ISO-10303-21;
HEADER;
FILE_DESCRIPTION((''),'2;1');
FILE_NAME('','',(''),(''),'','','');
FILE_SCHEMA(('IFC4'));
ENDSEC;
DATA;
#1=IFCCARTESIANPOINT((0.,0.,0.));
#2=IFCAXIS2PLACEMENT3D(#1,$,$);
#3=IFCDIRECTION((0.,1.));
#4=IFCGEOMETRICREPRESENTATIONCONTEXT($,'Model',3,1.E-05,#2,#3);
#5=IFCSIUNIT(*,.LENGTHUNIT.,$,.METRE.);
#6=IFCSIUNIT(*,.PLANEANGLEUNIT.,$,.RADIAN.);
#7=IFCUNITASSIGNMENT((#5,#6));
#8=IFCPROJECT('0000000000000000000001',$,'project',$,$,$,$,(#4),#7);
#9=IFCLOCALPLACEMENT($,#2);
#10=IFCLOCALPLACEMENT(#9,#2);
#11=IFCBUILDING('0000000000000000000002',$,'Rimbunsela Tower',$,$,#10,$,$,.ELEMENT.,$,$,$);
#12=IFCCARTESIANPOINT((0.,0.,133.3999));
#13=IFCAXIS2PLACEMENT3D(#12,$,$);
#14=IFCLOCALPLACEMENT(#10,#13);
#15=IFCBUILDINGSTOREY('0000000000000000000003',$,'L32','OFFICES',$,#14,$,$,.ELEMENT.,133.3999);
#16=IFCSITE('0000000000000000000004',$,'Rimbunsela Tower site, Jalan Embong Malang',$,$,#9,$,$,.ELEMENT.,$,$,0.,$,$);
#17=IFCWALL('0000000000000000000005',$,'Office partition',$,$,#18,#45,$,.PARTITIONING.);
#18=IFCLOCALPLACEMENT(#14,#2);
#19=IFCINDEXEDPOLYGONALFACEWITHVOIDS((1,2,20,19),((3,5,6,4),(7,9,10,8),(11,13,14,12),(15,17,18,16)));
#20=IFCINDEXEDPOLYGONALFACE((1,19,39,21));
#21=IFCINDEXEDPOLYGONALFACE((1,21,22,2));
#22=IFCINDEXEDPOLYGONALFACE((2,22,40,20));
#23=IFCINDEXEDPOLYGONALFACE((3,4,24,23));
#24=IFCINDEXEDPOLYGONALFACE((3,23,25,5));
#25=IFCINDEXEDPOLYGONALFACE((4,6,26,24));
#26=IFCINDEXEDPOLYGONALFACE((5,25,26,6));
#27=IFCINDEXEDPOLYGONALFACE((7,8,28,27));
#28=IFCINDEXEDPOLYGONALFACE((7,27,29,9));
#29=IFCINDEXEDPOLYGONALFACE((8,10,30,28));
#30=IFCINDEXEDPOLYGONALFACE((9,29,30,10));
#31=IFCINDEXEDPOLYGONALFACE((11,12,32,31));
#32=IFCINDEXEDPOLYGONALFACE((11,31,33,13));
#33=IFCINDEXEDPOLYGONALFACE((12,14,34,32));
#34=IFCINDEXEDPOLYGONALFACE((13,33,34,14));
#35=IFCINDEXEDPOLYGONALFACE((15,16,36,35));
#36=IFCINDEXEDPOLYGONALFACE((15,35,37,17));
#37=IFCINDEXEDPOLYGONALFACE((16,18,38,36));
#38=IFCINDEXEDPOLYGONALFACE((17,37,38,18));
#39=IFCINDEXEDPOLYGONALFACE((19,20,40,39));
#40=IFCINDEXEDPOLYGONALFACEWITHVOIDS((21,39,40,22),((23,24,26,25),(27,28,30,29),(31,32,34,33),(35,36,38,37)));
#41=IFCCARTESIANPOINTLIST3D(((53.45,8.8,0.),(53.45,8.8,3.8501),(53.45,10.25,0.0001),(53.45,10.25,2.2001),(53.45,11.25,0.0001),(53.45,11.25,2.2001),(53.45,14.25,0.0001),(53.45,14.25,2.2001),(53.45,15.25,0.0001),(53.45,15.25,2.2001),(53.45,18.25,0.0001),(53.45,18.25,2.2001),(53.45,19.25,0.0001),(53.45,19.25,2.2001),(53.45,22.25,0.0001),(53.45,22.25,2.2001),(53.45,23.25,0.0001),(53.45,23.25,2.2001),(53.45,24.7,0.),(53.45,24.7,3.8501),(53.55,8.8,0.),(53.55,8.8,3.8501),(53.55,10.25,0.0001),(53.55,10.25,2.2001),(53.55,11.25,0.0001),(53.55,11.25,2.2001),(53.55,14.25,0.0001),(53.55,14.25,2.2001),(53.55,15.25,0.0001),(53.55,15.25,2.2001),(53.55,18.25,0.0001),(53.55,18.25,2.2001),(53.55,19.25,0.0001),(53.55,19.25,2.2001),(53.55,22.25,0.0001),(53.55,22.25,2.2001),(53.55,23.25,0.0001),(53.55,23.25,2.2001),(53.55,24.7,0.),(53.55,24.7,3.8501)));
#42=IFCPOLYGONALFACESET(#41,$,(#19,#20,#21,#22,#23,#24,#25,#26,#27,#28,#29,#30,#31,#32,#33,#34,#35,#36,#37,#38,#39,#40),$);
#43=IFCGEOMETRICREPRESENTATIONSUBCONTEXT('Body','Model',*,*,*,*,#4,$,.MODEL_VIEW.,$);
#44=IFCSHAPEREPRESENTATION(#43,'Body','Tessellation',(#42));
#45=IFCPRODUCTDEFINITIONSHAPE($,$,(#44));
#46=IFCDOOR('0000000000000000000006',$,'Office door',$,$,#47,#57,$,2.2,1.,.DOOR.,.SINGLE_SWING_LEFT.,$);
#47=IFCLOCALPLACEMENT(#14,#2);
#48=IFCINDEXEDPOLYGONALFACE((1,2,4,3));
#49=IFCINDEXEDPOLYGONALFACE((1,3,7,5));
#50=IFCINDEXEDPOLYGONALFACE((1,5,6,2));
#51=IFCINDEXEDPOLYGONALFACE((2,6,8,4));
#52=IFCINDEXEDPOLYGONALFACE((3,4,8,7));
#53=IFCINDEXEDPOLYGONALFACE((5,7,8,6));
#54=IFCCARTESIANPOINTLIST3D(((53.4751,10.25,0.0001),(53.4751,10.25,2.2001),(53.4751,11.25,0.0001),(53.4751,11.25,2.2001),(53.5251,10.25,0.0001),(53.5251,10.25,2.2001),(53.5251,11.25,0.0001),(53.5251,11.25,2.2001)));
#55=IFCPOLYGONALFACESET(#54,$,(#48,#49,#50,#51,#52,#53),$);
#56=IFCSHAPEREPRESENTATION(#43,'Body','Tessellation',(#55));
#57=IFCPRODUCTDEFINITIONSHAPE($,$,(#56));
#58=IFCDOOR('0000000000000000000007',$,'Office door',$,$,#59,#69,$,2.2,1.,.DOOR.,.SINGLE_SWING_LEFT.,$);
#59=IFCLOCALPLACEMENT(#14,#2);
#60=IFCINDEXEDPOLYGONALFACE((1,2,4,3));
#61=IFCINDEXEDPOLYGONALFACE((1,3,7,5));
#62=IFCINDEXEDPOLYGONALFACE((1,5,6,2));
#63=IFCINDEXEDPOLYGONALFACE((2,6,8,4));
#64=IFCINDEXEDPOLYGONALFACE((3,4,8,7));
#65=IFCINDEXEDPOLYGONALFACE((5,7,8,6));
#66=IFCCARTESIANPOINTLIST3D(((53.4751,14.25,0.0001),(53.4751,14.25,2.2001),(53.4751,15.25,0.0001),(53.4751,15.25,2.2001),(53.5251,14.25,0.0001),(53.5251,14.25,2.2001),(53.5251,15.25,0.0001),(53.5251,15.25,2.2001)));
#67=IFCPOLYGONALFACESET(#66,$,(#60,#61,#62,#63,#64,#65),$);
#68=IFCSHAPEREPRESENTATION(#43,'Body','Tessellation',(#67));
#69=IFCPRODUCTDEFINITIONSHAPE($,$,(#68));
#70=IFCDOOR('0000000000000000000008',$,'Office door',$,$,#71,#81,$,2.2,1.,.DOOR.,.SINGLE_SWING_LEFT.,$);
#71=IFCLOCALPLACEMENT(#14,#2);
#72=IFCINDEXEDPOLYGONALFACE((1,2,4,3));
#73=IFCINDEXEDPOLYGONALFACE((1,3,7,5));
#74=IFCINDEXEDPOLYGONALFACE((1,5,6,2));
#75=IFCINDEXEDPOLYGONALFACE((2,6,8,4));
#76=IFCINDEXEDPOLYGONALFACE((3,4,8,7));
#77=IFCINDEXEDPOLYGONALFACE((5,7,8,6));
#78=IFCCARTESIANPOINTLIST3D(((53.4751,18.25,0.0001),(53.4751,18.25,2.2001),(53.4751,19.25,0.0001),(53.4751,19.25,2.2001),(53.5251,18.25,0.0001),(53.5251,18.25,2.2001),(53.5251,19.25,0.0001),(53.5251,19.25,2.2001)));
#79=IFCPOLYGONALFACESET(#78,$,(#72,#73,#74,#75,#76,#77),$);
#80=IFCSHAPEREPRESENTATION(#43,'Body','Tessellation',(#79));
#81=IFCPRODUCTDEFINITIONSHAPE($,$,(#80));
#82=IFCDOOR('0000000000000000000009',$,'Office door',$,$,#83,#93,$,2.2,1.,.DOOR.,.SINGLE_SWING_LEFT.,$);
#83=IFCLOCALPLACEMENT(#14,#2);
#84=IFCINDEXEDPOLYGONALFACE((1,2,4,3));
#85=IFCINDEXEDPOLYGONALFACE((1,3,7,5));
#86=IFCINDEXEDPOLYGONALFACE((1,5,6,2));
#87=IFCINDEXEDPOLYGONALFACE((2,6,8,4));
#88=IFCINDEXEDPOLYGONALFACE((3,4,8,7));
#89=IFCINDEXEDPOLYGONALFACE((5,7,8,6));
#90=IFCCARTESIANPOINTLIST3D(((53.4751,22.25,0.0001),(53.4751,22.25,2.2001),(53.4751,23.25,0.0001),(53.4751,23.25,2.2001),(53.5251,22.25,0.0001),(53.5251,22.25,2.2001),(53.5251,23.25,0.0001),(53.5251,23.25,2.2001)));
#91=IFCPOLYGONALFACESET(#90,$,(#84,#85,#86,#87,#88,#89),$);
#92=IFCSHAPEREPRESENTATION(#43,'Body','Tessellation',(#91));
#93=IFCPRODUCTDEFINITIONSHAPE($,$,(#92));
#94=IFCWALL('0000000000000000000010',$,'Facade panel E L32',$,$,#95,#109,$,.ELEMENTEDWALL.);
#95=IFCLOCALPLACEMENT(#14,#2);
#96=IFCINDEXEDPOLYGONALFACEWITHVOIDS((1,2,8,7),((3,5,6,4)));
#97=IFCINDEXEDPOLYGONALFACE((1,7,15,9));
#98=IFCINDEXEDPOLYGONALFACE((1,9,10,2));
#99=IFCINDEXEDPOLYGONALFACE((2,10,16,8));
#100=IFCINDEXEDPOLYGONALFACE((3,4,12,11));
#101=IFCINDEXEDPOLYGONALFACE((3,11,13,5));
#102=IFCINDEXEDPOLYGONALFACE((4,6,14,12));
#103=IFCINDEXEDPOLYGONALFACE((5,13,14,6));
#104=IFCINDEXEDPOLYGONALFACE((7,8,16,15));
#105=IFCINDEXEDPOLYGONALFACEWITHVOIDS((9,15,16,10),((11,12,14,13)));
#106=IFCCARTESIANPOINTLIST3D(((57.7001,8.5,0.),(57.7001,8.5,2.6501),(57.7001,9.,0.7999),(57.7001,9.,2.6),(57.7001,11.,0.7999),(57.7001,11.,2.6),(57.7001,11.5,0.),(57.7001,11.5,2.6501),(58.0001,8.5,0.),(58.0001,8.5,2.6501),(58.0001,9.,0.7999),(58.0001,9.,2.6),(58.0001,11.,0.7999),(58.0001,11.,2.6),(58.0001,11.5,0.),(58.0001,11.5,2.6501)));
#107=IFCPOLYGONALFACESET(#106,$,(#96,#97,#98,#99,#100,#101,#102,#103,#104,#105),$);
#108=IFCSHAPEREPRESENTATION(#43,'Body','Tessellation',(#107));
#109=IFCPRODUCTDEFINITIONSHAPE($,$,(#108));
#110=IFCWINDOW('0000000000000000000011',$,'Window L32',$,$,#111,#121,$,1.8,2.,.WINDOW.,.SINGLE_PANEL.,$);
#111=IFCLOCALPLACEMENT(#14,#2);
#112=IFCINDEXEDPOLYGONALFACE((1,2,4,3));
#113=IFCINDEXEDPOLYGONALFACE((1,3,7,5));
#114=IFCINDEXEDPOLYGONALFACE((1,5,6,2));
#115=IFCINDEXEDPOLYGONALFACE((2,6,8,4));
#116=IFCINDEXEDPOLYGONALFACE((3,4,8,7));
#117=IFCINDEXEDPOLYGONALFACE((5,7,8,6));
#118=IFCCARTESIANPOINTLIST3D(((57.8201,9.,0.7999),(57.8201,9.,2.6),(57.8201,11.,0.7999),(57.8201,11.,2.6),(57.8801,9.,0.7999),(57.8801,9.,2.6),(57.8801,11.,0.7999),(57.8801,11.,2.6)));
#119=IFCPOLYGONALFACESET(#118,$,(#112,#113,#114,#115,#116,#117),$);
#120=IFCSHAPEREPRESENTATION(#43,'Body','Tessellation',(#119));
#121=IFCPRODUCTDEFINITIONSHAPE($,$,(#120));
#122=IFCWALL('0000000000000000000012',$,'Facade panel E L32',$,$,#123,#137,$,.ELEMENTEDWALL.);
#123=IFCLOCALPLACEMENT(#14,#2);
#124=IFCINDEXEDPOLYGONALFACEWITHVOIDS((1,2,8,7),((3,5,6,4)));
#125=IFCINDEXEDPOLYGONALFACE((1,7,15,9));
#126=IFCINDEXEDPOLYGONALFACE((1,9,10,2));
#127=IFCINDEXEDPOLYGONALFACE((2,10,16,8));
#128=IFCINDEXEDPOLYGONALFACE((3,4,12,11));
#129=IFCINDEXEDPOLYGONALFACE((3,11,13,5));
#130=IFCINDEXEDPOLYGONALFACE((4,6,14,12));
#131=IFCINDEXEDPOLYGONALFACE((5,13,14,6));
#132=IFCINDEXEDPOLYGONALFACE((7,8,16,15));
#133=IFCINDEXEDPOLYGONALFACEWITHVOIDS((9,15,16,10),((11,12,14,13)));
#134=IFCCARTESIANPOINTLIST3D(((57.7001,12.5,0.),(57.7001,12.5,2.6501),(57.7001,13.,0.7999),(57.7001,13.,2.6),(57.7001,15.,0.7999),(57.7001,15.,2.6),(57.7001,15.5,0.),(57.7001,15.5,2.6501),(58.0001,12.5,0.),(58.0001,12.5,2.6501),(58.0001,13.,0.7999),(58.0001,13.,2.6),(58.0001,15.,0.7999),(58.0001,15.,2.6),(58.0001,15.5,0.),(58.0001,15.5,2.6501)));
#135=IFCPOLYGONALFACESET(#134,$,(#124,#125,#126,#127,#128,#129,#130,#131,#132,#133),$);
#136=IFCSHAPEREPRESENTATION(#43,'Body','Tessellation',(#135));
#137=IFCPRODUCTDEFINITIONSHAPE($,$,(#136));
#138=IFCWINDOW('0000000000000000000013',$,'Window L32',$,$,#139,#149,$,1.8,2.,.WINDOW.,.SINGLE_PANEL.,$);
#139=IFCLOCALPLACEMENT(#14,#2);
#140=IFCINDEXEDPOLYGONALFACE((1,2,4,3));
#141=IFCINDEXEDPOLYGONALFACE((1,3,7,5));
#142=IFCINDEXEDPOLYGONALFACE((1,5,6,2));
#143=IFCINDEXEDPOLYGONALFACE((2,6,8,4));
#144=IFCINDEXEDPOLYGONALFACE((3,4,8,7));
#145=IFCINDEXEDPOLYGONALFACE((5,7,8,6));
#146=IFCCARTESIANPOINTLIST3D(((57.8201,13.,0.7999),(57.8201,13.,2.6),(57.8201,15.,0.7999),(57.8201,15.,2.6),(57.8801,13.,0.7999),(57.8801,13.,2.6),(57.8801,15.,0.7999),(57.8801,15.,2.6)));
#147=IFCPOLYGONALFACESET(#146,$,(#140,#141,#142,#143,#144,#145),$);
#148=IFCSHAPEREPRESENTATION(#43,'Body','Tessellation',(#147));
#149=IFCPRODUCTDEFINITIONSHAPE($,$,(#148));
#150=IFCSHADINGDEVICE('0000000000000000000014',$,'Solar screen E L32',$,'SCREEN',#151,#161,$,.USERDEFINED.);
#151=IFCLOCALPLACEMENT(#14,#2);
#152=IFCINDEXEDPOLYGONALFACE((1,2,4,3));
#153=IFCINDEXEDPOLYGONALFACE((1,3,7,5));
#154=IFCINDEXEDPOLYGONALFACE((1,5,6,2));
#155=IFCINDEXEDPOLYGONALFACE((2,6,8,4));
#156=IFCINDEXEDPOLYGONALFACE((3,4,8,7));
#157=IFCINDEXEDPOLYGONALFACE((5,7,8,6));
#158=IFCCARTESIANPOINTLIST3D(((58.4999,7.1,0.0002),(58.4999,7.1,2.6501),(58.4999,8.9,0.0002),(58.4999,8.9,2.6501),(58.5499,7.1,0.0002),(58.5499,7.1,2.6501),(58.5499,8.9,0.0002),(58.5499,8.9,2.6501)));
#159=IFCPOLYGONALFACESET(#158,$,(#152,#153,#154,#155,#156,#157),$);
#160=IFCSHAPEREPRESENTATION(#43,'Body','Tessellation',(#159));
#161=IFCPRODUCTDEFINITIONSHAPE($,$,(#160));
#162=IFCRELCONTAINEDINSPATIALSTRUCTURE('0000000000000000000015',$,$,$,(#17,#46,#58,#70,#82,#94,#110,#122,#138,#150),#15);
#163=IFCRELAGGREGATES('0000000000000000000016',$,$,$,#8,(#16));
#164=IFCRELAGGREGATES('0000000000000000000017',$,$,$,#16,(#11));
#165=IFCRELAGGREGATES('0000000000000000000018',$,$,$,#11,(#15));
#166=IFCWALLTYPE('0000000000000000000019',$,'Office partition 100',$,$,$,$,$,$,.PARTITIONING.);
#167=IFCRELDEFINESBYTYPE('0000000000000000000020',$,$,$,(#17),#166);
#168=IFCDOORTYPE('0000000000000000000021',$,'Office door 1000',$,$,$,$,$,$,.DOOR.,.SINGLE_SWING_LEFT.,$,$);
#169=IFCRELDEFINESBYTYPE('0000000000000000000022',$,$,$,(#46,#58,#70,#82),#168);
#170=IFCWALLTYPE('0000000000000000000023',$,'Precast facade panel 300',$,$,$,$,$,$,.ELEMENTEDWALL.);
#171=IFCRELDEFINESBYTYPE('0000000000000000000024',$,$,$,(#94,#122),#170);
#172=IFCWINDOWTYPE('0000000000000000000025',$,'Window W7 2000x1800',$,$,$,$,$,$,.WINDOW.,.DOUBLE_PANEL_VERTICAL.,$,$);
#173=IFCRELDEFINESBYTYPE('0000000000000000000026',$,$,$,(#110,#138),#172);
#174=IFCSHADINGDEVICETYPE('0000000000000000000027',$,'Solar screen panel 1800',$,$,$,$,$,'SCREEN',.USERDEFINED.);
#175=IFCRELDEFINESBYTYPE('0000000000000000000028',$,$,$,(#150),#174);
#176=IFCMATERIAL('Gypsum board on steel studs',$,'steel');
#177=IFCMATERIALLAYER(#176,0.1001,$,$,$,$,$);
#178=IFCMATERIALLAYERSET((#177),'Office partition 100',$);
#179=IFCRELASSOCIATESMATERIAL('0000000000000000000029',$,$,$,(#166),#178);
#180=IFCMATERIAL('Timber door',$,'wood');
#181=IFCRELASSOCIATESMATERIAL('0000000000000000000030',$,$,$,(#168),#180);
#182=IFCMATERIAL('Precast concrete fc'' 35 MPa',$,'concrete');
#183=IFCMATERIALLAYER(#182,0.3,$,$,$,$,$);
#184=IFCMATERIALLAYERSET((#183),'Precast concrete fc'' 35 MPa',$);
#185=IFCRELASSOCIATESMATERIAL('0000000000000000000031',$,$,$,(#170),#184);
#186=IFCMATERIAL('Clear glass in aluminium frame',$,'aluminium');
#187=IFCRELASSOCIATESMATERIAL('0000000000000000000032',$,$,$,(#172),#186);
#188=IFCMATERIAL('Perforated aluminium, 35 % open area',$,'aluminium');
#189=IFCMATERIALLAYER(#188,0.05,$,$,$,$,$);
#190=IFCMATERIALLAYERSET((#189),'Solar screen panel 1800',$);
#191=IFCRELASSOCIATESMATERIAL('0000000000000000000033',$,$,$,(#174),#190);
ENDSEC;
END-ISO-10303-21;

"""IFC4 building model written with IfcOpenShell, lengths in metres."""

from ifc_helpers import new_model, si_unit, direction, frame, frame_2d, origin, origin_2d, place, context, subcontext, project, spatial, rectangle, extrude, material, layer, layer_set, type_object, element, fill, save


model = new_model("IFC4")

# Units and contexts
model_context = context("Model", 3, precision=1e-05, world=origin(), true_north=direction((0.0, 1.0)))
body_context = subcontext(model_context, "Body", "Model", "MODEL_VIEW")
ifc_project = project(units=[si_unit("LENGTHUNIT", "METRE"), si_unit("PLANEANGLEUNIT", "RADIAN")], contexts=[model_context])

# Site, building, storey
site_placement = place(None, origin())
site = spatial("IfcSite", under=ifc_project, at=site_placement, Name="Rimbunsela Tower site, Jalan Embong Malang", CompositionType="ELEMENT", RefElevation=0.0)
building_placement = place(site_placement, origin())
building = spatial("IfcBuilding", under=site, at=building_placement, Name="Rimbunsela Tower", CompositionType="ELEMENT")
storey_placement = place(building_placement, frame((0.0, 0.0, 133.3999)))
storey = spatial("IfcBuildingStorey", under=building, at=storey_placement, Name="L32", Description="OFFICES", CompositionType="ELEMENT", Elevation=133.3999)

# Shared definitions
ifc_material_1 = material(Name="Gypsum board on steel studs", Category="steel")
ifc_layer_1 = layer(ifc_material_1, 0.1001)
ifc_layer_set_1 = layer_set([ifc_layer_1], Name="Office partition 100")
wall_type_1 = type_object("IfcWallType", Name="Office partition 100", PredefinedType="PARTITIONING", material=ifc_layer_set_1)

# Wall, openings, doors
wall_1_placement = place(storey_placement, frame((53.5, 8.8, 0.0), z_axis=(0.0, 0.0, 1.0), x_axis=(0.0, 1.0, 0.0)))
wall_1 = element("IfcWall", 1, at=wall_1_placement, inside=storey, type_object=wall_type_1, Name="Office partition", PredefinedType="PARTITIONING", context=body_context, shape_type="SweptSolid", body=[
    extrude(rectangle(XDim=15.8999, YDim=0.1001, at=frame_2d((7.95, 0.0))), origin(), (0.0, 0.0, 1.0), 3.8501),
])
opening_1_placement = place(wall_1_placement, frame((1.45, 0.0, 0.0)))
opening_1 = element("IfcOpeningElement", 2, at=opening_1_placement, cuts=wall_1, PredefinedType="OPENING", context=body_context, shape_type="SweptSolid", body=[
    extrude(rectangle(XDim=1.0, YDim=2.2, at=frame_2d((0.5, 1.1001))), frame((0.0, 0.0601, 0.0), z_axis=(0.0, -1.0, 0.0), x_axis=(1.0, 0.0, 0.0)), (0.0, 0.0, 1.0), 0.1201),
])
opening_2_placement = place(wall_1_placement, frame((5.45, 0.0, 0.0)))
opening_2 = element("IfcOpeningElement", 3, at=opening_2_placement, cuts=wall_1, PredefinedType="OPENING", context=body_context, shape_type="SweptSolid", body=[
    extrude(rectangle(XDim=1.0, YDim=2.2, at=frame_2d((0.5, 1.1001))), frame((0.0, 0.0601, 0.0), z_axis=(0.0, -1.0, 0.0), x_axis=(1.0, 0.0, 0.0)), (0.0, 0.0, 1.0), 0.1201),
])
opening_3_placement = place(wall_1_placement, frame((9.45, 0.0, 0.0)))
opening_3 = element("IfcOpeningElement", 4, at=opening_3_placement, cuts=wall_1, PredefinedType="OPENING", context=body_context, shape_type="SweptSolid", body=[
    extrude(rectangle(XDim=1.0, YDim=2.2, at=frame_2d((0.5, 1.1001))), frame((0.0, 0.0601, 0.0), z_axis=(0.0, -1.0, 0.0), x_axis=(1.0, 0.0, 0.0)), (0.0, 0.0, 1.0), 0.1201),
])
opening_4_placement = place(wall_1_placement, frame((13.45, 0.0, 0.0)))
opening_4 = element("IfcOpeningElement", 5, at=opening_4_placement, cuts=wall_1, PredefinedType="OPENING", context=body_context, shape_type="SweptSolid", body=[
    extrude(rectangle(XDim=1.0, YDim=2.2, at=frame_2d((0.5, 1.1001))), frame((0.0, 0.0601, 0.0), z_axis=(0.0, -1.0, 0.0), x_axis=(1.0, 0.0, 0.0)), (0.0, 0.0, 1.0), 0.1201),
])
ifc_material_2 = material(Name="Timber door", Category="wood")
door_type = type_object("IfcDoorType", Name="Office door 1000", OperationType="SINGLE_SWING_LEFT", PredefinedType="DOOR", material=ifc_material_2)
door_1_placement = place(opening_1_placement, origin())
door_1 = element("IfcDoor", 6, at=door_1_placement, inside=storey, type_object=door_type, Name="Office door", OperationType="SINGLE_SWING_LEFT", OverallHeight=2.2, OverallWidth=1.0, PredefinedType="DOOR", context=body_context, shape_type="SweptSolid", body=[
    extrude(rectangle(XDim=1.0, YDim=2.2, at=frame_2d((0.5, 1.1001))), frame((0.0, 0.0249, 0.0), z_axis=(0.0, -1.0, 0.0), x_axis=(1.0, 0.0, 0.0)), (0.0, 0.0, 1.0), 0.05),
])
fill(opening_1, door_1)
door_2_placement = place(opening_2_placement, origin())
door_2 = element("IfcDoor", 7, at=door_2_placement, inside=storey, type_object=door_type, Name="Office door", OperationType="SINGLE_SWING_LEFT", OverallHeight=2.2, OverallWidth=1.0, PredefinedType="DOOR", context=body_context, shape_type="SweptSolid", body=[
    extrude(rectangle(XDim=1.0, YDim=2.2, at=frame_2d((0.5, 1.1001))), frame((0.0, 0.0249, 0.0), z_axis=(0.0, -1.0, 0.0), x_axis=(1.0, 0.0, 0.0)), (0.0, 0.0, 1.0), 0.05),
])
fill(opening_2, door_2)
door_3_placement = place(opening_3_placement, origin())
door_3 = element("IfcDoor", 8, at=door_3_placement, inside=storey, type_object=door_type, Name="Office door", OperationType="SINGLE_SWING_LEFT", OverallHeight=2.2, OverallWidth=1.0, PredefinedType="DOOR", context=body_context, shape_type="SweptSolid", body=[
    extrude(rectangle(XDim=1.0, YDim=2.2, at=frame_2d((0.5, 1.1001))), frame((0.0, 0.0249, 0.0), z_axis=(0.0, -1.0, 0.0), x_axis=(1.0, 0.0, 0.0)), (0.0, 0.0, 1.0), 0.05),
])
fill(opening_3, door_3)
door_4_placement = place(opening_4_placement, origin())
door_4 = element("IfcDoor", 9, at=door_4_placement, inside=storey, type_object=door_type, Name="Office door", OperationType="SINGLE_SWING_LEFT", OverallHeight=2.2, OverallWidth=1.0, PredefinedType="DOOR", context=body_context, shape_type="SweptSolid", body=[
    extrude(rectangle(XDim=1.0, YDim=2.2, at=frame_2d((0.5, 1.1001))), frame((0.0, 0.0249, 0.0), z_axis=(0.0, -1.0, 0.0), x_axis=(1.0, 0.0, 0.0)), (0.0, 0.0, 1.0), 0.05),
])
fill(opening_4, door_4)

# Walls, openings, windows
ifc_material_3 = material(Name="Precast concrete fc' 35 MPa", Category="concrete")
ifc_layer_2 = layer(ifc_material_3, 0.3)
ifc_layer_set_2 = layer_set([ifc_layer_2], Name="Precast concrete fc' 35 MPa")
wall_type_2 = type_object("IfcWallType", Name="Precast facade panel 300", PredefinedType="ELEMENTEDWALL", material=ifc_layer_set_2)
wall_2_placement = place(storey_placement, frame((57.8501, 8.5, 0.0), z_axis=(0.0, 0.0, 1.0), x_axis=(0.0, 1.0, 0.0)))
wall_2 = element("IfcWall", 10, at=wall_2_placement, inside=storey, type_object=wall_type_2, Name="Facade panel E L32", PredefinedType="ELEMENTEDWALL", context=body_context, shape_type="SweptSolid", body=[
    extrude(rectangle(XDim=3.0, YDim=0.3, at=frame_2d((1.5, 0.0))), origin(), (0.0, 0.0, 1.0), 2.6501),
])
opening_5_placement = place(wall_2_placement, frame((0.5, 0.0, 0.8)))
opening_5 = element("IfcOpeningElement", 11, at=opening_5_placement, cuts=wall_2, PredefinedType="OPENING", context=body_context, shape_type="SweptSolid", body=[
    extrude(rectangle(XDim=2.0, YDim=1.8, at=frame_2d((1.0, 0.8999))), frame((0.0, 0.1599, 0.0), z_axis=(0.0, -1.0, 0.0), x_axis=(1.0, 0.0, 0.0)), (0.0, 0.0, 1.0), 0.3201),
])
ifc_material_4 = material(Name="Clear glass in aluminium frame", Category="aluminium")
window_type = type_object("IfcWindowType", Name="Window W7 2000x1800", PartitioningType="DOUBLE_PANEL_VERTICAL", PredefinedType="WINDOW", material=ifc_material_4)
window_1_placement = place(opening_5_placement, origin())
window_1 = element("IfcWindow", 12, at=window_1_placement, inside=storey, type_object=window_type, Name="Window L32", OverallHeight=1.8, OverallWidth=2.0, PartitioningType="SINGLE_PANEL", PredefinedType="WINDOW", context=body_context, shape_type="SweptSolid", body=[
    extrude(rectangle(XDim=2.0, YDim=1.8, at=frame_2d((1.0, 0.8999))), frame((0.0, 0.03, 0.0), z_axis=(0.0, -1.0, 0.0), x_axis=(1.0, 0.0, 0.0)), (0.0, 0.0, 1.0), 0.0601),
])
fill(opening_5, window_1)
wall_3_placement = place(storey_placement, frame((57.8501, 12.5, 0.0), z_axis=(0.0, 0.0, 1.0), x_axis=(0.0, 1.0, 0.0)))
wall_3 = element("IfcWall", 13, at=wall_3_placement, inside=storey, type_object=wall_type_2, Name="Facade panel E L32", PredefinedType="ELEMENTEDWALL", context=body_context, shape_type="SweptSolid", body=[
    extrude(rectangle(XDim=3.0, YDim=0.3, at=frame_2d((1.5, 0.0))), origin(), (0.0, 0.0, 1.0), 2.6501),
])
opening_6_placement = place(wall_3_placement, frame((0.5, 0.0, 0.8)))
opening_6 = element("IfcOpeningElement", 14, at=opening_6_placement, cuts=wall_3, PredefinedType="OPENING", context=body_context, shape_type="SweptSolid", body=[
    extrude(rectangle(XDim=2.0, YDim=1.8, at=frame_2d((1.0, 0.8999))), frame((0.0, 0.1599, 0.0), z_axis=(0.0, -1.0, 0.0), x_axis=(1.0, 0.0, 0.0)), (0.0, 0.0, 1.0), 0.3201),
])
window_2_placement = place(opening_6_placement, origin())
window_2 = element("IfcWindow", 15, at=window_2_placement, inside=storey, type_object=window_type, Name="Window L32", OverallHeight=1.8, OverallWidth=2.0, PartitioningType="SINGLE_PANEL", PredefinedType="WINDOW", context=body_context, shape_type="SweptSolid", body=[
    extrude(rectangle(XDim=2.0, YDim=1.8, at=frame_2d((1.0, 0.8999))), frame((0.0, 0.03, 0.0), z_axis=(0.0, -1.0, 0.0), x_axis=(1.0, 0.0, 0.0)), (0.0, 0.0, 1.0), 0.0601),
])
fill(opening_6, window_2)

# Shading device
ifc_material_5 = material(Name="Perforated aluminium, 35 % open area", Category="aluminium")
ifc_layer_3 = layer(ifc_material_5, 0.05)
ifc_layer_set_3 = layer_set([ifc_layer_3], Name="Solar screen panel 1800")
shading_device_type = type_object("IfcShadingDeviceType", Name="Solar screen panel 1800", ElementType="SCREEN", PredefinedType="USERDEFINED", material=ifc_layer_set_3)
for number, where, z_axis, x_axis, name in (
    (16, (58.5249, 8.0, 0.0002), (0.0, 0.0, 1.0), (0.0, 1.0, 0.0), "Solar screen E L32"),
):
    element("IfcShadingDevice", number, at=place(storey_placement, frame(where, z_axis=z_axis, x_axis=x_axis)), inside=storey, type_object=shading_device_type, Name=name, ObjectType="SCREEN", PredefinedType="USERDEFINED", context=body_context, shape_type="SweptSolid", body=[
        extrude(rectangle(XDim=1.8, YDim=0.05, at=origin_2d()), origin(), (0.0, 0.0, 1.0), 2.6499),
    ])

save(model, "model.ifc")
